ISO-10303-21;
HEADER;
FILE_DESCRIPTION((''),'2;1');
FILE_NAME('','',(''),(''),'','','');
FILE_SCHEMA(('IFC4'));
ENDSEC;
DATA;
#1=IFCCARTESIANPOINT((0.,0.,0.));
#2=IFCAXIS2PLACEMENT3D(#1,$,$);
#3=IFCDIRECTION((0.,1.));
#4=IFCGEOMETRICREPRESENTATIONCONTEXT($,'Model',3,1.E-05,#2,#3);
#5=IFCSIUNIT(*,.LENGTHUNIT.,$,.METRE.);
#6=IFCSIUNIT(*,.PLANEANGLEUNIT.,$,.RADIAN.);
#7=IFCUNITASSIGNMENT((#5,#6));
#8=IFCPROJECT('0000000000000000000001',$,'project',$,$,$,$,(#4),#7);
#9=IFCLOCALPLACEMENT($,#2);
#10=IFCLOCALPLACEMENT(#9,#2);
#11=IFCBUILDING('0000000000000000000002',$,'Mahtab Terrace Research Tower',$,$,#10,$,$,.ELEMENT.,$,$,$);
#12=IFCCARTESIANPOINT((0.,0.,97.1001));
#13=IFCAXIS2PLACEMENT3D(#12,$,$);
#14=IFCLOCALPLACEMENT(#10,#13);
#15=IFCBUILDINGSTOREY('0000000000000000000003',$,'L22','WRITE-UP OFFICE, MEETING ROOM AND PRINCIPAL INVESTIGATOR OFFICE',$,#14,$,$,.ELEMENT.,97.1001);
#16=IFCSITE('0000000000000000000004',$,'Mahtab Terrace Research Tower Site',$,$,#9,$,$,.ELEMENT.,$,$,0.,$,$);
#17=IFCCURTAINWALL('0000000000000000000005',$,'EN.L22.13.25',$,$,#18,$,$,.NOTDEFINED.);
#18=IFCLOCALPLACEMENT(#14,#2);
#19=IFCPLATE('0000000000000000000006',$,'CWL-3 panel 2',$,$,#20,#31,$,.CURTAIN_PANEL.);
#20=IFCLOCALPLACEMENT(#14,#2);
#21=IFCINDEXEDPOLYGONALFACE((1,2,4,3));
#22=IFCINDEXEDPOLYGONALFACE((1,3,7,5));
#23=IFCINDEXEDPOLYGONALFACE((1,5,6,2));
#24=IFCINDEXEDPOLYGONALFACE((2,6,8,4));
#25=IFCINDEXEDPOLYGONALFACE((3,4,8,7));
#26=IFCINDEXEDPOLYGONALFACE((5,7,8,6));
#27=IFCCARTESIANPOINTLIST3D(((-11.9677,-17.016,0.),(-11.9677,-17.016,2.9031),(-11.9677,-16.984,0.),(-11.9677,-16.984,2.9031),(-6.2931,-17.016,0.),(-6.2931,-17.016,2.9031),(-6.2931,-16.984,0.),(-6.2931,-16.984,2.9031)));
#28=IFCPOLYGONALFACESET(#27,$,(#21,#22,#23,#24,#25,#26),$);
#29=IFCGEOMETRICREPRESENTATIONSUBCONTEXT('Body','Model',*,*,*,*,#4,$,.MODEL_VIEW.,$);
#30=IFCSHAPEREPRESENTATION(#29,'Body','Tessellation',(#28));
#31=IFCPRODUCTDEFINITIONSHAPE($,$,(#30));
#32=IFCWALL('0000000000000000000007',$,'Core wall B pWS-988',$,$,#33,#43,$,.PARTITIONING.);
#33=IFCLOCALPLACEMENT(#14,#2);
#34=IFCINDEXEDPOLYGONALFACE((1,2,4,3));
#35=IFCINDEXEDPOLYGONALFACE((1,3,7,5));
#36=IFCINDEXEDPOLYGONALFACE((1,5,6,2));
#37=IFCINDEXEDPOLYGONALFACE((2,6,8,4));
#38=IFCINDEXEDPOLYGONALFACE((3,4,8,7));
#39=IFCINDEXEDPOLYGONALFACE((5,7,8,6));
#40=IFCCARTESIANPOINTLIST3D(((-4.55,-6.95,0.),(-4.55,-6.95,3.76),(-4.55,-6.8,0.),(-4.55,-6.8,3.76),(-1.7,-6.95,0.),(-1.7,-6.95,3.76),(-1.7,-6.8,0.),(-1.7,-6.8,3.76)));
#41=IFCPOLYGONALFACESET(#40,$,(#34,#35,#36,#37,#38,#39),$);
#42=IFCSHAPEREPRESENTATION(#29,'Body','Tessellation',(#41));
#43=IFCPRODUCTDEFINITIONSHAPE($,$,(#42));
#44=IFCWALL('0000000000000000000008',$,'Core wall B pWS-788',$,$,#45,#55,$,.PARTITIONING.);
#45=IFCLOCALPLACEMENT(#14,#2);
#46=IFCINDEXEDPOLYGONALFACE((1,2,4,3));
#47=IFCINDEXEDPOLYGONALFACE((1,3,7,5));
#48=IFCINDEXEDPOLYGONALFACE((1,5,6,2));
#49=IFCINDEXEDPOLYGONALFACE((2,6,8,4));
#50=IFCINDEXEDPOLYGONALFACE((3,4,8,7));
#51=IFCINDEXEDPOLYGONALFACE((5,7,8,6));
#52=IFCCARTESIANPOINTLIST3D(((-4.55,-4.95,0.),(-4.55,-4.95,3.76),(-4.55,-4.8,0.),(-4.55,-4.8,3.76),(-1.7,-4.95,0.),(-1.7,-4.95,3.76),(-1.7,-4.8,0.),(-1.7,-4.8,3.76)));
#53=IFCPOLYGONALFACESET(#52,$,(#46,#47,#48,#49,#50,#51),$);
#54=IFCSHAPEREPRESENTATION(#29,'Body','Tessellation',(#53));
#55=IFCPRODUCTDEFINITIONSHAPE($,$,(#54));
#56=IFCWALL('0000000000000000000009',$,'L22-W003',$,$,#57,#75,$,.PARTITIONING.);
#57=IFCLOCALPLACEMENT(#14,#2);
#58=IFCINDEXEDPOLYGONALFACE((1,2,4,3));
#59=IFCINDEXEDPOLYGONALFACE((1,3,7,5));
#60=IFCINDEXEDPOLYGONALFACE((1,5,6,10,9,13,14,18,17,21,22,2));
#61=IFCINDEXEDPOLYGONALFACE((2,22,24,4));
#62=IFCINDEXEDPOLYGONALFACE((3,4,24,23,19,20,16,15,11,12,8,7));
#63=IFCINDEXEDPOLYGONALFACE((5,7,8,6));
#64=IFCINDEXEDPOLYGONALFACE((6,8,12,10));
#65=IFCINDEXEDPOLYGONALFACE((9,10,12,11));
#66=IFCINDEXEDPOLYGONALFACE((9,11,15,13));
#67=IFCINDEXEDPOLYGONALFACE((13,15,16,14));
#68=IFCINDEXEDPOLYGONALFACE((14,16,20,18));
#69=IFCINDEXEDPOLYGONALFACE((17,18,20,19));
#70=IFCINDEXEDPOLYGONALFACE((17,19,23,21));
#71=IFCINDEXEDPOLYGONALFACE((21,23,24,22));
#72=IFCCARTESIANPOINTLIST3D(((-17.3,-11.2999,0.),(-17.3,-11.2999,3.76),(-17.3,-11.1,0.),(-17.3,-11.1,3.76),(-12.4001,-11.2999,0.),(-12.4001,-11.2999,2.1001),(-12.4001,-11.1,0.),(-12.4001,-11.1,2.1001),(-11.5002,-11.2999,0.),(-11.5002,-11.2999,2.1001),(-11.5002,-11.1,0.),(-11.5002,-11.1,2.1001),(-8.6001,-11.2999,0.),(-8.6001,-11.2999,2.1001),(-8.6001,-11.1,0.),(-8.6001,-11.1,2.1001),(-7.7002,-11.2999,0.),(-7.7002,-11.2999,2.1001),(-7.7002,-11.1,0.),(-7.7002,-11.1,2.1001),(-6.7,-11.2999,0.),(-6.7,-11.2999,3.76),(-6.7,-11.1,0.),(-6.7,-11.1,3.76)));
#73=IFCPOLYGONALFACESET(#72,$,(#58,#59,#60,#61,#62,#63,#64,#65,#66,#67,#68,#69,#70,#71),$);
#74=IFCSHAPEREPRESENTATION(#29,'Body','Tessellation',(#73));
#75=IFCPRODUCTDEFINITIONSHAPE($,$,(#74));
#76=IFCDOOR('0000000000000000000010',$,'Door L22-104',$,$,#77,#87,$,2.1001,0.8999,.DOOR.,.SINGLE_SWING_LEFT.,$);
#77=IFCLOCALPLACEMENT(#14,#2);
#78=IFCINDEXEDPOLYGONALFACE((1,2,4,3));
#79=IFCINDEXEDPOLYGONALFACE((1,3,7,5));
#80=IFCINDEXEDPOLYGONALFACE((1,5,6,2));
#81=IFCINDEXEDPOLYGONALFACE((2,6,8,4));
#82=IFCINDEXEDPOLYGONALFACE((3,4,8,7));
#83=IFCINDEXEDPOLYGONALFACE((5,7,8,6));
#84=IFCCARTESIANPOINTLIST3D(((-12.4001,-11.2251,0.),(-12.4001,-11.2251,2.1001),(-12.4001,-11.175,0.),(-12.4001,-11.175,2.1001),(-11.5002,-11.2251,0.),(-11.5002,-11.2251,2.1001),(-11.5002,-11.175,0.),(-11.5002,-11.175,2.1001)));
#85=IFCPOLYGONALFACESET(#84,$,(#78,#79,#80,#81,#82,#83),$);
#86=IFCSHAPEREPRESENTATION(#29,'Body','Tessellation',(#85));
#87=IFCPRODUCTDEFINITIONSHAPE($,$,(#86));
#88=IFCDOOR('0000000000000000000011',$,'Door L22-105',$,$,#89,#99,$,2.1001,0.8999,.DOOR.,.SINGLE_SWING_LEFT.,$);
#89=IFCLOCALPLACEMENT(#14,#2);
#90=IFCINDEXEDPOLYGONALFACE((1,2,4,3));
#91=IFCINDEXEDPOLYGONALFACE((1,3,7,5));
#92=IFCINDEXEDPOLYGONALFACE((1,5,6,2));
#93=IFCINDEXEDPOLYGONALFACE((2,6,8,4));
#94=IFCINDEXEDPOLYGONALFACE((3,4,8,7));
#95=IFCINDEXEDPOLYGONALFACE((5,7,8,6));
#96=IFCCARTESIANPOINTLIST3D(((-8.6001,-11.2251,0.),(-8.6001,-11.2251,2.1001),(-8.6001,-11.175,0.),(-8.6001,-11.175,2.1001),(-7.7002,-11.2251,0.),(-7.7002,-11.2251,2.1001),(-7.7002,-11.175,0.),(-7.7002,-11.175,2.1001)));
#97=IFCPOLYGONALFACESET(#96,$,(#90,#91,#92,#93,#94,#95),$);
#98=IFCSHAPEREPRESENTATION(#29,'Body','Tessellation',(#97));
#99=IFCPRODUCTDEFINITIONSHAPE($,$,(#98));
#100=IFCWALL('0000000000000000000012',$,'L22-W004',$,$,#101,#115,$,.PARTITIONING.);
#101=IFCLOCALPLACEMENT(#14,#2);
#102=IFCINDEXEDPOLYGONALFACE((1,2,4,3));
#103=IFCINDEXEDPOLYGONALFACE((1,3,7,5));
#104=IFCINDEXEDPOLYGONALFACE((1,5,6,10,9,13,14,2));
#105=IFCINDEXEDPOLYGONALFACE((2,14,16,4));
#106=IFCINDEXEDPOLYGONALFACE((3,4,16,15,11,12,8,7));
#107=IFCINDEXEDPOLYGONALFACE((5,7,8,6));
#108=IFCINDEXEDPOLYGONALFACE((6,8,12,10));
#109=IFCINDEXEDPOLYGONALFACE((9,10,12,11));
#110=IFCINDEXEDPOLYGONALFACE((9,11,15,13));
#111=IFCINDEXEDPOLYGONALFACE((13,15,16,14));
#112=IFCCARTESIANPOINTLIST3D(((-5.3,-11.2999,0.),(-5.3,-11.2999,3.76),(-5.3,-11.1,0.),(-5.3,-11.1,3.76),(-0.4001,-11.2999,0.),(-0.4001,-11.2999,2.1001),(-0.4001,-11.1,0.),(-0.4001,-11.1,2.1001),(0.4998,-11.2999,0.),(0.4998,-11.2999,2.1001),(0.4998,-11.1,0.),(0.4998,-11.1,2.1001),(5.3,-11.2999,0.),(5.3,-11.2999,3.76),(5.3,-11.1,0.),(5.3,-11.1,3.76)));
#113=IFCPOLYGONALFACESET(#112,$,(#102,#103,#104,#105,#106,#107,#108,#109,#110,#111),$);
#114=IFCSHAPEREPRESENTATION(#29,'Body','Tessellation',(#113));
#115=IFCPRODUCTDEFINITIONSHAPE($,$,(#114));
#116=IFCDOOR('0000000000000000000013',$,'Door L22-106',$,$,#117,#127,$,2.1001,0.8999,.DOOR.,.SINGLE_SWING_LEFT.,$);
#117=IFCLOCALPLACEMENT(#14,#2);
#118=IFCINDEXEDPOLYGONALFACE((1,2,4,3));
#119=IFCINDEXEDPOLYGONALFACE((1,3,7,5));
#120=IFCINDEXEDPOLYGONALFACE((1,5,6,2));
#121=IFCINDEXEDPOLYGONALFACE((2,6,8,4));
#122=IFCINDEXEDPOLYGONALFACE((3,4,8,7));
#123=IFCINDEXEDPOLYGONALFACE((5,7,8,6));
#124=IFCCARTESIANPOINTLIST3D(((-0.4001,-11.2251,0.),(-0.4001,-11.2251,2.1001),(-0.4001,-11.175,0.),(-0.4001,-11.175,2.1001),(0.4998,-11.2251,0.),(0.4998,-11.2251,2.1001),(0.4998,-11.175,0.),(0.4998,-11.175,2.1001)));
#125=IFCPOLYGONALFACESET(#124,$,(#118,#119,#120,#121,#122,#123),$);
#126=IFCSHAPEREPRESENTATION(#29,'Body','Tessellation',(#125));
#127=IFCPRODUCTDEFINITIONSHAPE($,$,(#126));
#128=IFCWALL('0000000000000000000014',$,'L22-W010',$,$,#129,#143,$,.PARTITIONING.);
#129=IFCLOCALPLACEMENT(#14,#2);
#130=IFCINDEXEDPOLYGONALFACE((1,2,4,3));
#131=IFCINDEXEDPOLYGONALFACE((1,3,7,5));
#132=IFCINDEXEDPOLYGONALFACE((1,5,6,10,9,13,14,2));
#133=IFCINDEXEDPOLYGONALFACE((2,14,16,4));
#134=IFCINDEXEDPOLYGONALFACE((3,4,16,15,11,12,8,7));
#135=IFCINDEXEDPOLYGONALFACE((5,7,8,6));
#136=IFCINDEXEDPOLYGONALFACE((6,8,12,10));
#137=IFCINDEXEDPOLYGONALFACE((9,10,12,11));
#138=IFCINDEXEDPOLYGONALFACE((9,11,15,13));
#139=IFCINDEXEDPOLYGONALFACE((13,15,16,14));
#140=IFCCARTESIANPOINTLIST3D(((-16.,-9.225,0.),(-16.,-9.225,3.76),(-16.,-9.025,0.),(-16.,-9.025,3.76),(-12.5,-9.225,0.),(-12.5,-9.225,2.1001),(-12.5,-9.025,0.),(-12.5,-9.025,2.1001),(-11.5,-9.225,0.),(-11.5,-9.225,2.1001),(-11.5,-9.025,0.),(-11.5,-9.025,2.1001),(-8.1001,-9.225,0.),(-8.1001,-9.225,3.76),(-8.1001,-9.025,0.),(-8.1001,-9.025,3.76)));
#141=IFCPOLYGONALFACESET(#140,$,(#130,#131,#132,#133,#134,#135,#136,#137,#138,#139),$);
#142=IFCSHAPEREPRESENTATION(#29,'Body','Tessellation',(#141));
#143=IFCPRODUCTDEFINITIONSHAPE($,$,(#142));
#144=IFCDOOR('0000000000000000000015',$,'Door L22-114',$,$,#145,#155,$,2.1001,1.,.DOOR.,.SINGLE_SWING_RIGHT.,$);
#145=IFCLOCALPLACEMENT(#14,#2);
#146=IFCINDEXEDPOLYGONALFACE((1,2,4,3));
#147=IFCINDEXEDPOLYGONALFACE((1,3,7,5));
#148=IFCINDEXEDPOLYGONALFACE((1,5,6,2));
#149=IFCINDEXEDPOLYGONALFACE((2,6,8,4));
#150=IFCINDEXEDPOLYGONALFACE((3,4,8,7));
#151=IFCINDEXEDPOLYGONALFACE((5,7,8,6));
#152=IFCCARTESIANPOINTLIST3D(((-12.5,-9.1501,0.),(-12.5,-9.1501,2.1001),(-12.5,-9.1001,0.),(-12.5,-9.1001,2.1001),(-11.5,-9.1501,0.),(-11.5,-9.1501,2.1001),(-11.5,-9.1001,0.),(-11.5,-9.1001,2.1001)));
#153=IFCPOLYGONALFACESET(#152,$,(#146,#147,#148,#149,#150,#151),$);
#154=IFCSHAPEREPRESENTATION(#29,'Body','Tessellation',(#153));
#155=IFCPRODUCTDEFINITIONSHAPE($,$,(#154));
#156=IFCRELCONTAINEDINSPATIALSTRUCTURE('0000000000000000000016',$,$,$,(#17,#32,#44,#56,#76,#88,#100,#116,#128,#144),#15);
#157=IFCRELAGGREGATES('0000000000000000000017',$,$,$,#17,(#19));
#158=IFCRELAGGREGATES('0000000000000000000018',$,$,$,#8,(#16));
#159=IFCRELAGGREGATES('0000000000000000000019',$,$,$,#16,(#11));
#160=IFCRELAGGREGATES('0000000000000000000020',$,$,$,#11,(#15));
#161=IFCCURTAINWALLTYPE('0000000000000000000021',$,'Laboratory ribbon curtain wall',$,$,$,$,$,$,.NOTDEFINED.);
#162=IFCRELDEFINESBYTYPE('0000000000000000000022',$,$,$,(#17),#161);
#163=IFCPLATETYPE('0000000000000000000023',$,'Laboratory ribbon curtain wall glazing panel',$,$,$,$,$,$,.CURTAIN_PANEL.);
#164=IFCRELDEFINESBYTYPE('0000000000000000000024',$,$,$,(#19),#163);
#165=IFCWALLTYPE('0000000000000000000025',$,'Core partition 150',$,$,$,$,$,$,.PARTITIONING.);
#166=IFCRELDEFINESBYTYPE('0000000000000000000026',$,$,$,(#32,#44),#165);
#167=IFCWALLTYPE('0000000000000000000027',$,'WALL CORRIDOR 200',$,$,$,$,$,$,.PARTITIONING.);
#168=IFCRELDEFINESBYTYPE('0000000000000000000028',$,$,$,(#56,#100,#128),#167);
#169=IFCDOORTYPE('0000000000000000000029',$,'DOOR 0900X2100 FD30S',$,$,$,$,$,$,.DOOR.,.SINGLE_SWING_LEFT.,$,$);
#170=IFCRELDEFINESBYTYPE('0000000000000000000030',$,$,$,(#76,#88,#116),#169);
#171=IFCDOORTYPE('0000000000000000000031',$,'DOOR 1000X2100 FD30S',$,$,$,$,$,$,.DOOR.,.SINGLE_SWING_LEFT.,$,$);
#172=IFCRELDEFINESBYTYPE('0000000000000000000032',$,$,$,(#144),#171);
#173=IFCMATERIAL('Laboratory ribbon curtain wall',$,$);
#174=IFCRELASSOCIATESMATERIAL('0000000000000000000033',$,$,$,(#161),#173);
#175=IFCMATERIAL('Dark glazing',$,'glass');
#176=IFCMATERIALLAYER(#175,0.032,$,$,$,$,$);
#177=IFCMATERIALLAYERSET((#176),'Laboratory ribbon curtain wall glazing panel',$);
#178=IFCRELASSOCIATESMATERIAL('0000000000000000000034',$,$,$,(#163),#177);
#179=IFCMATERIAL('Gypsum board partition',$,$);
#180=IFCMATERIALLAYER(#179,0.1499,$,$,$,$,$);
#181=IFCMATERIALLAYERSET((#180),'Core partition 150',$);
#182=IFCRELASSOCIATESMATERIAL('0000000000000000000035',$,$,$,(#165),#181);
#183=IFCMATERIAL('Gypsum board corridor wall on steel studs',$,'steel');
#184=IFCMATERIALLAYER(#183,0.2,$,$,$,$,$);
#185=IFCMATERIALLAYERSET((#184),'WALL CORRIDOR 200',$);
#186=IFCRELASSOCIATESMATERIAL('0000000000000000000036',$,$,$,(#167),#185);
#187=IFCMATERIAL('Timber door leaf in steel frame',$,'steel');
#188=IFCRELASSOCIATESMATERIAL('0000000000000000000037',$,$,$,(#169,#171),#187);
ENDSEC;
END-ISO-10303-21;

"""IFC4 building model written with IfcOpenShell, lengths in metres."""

from ifc_helpers import new_model, si_unit, direction, frame, frame_2d, origin, origin_2d, place, context, subcontext, project, spatial, rectangle, extrude, material, layer, layer_set, type_object, element, fill, aggregate, save


model = new_model("IFC4")

# Units and contexts
model_context = context("Model", 3, precision=1e-05, world=origin(), true_north=direction((0.0, 1.0)))
body_context = subcontext(model_context, "Body", "Model", "MODEL_VIEW")
ifc_project = project(units=[si_unit("LENGTHUNIT", "METRE"), si_unit("PLANEANGLEUNIT", "RADIAN")], contexts=[model_context])

# Site, building, storey
site_placement = place(None, origin())
site = spatial("IfcSite", under=ifc_project, at=site_placement, Name="Mahtab Terrace Research Tower Site", CompositionType="ELEMENT", RefElevation=0.0)
building_placement = place(site_placement, origin())
building = spatial("IfcBuilding", under=site, at=building_placement, Name="Mahtab Terrace Research Tower", CompositionType="ELEMENT")
storey_placement = place(building_placement, frame((0.0, 0.0, 97.1001)))
storey = spatial("IfcBuildingStorey", under=building, at=storey_placement, Name="L22", Description="WRITE-UP OFFICE, MEETING ROOM AND PRINCIPAL INVESTIGATOR OFFICE", CompositionType="ELEMENT", Elevation=97.1001)

# Curtain wall
ifc_material_1 = material(Name="Laboratory ribbon curtain wall")
curtain_wall_type = type_object("IfcCurtainWallType", Name="Laboratory ribbon curtain wall", PredefinedType="NOTDEFINED", material=ifc_material_1)
curtain_wall_1_placement = place(storey_placement, origin())
curtain_wall_1 = element("IfcCurtainWall", 1, at=curtain_wall_1_placement, inside=storey, type_object=curtain_wall_type, Name="EN.L22.13.25", PredefinedType="NOTDEFINED")

# Plate
ifc_material_2 = material(Name="Dark glazing", Category="glass")
ifc_layer_1 = layer(ifc_material_2, 0.032)
ifc_layer_set_1 = layer_set([ifc_layer_1], Name="Laboratory ribbon curtain wall glazing panel")
plate_type = type_object("IfcPlateType", Name="Laboratory ribbon curtain wall glazing panel", PredefinedType="CURTAIN_PANEL", material=ifc_layer_set_1)
plate_1_placement = place(storey_placement, frame((-9.1304, -17.0, 0.0), z_axis=(0.0, 0.0, 1.0), x_axis=(1.0, 0.0, 0.0)))
plate_1 = element("IfcPlate", 2, at=plate_1_placement, type_object=plate_type, Name="CWL-3 panel 2", PredefinedType="CURTAIN_PANEL", context=body_context, shape_type="SweptSolid", body=[
    extrude(rectangle(XDim=5.6746, YDim=0.032, at=origin_2d()), origin(), (0.0, 0.0, 1.0), 2.9031),
])
aggregate(curtain_wall_1, [plate_1])

# Walls
ifc_material_3 = material(Name="Gypsum board partition")
ifc_layer_2 = layer(ifc_material_3, 0.1499)
ifc_layer_set_2 = layer_set([ifc_layer_2], Name="Core partition 150")
wall_type_1 = type_object("IfcWallType", Name="Core partition 150", PredefinedType="PARTITIONING", material=ifc_layer_set_2)
for number, where, z_axis, x_axis, name in (
    (3, (-4.55, -6.875, 0.0), (0.0, 0.0, 1.0), (1.0, 0.0, 0.0), "Core wall B pWS-988"),
    (4, (-4.55, -4.875, 0.0), (0.0, 0.0, 1.0), (1.0, 0.0, 0.0), "Core wall B pWS-788"),
):
    element("IfcWall", number, at=place(storey_placement, frame(where, z_axis=z_axis, x_axis=x_axis)), inside=storey, type_object=wall_type_1, Name=name, PredefinedType="PARTITIONING", context=body_context, shape_type="SweptSolid", body=[
        extrude(rectangle(XDim=2.8501, YDim=0.1499, at=frame_2d((1.425, 0.0))), origin(), (0.0, 0.0, 1.0), 3.76),
    ])

# Wall, openings, doors
ifc_material_4 = material(Name="Gypsum board corridor wall on steel studs", Category="steel")
ifc_layer_3 = layer(ifc_material_4, 0.2)
ifc_layer_set_3 = layer_set([ifc_layer_3], Name="WALL CORRIDOR 200")
wall_type_2 = type_object("IfcWallType", Name="WALL CORRIDOR 200", PredefinedType="PARTITIONING", material=ifc_layer_set_3)
wall_1_placement = place(storey_placement, frame((-17.3, -11.2, 0.0), z_axis=(0.0, 0.0, 1.0), x_axis=(1.0, 0.0, 0.0)))
wall_1 = element("IfcWall", 5, at=wall_1_placement, inside=storey, type_object=wall_type_2, Name="L22-W003", PredefinedType="PARTITIONING", context=body_context, shape_type="SweptSolid", body=[
    extrude(rectangle(XDim=10.6001, YDim=0.2, at=frame_2d((5.3, 0.0))), origin(), (0.0, 0.0, 1.0), 3.76),
])
opening_1_placement = place(wall_1_placement, frame((4.8999, 0.0, 0.0)))
opening_1 = element("IfcOpeningElement", 6, at=opening_1_placement, cuts=wall_1, PredefinedType="OPENING", context=body_context, shape_type="SweptSolid", body=[
    extrude(rectangle(XDim=0.8999, YDim=2.1001, at=frame_2d((0.45, 1.05))), frame((0.0, 0.1099, 0.0), z_axis=(0.0, -1.0, 0.0), x_axis=(1.0, 0.0, 0.0)), (0.0, 0.0, 1.0), 0.22),
])
opening_2_placement = place(wall_1_placement, frame((8.7, 0.0, 0.0)))
opening_2 = element("IfcOpeningElement", 7, at=opening_2_placement, cuts=wall_1, PredefinedType="OPENING", context=body_context, shape_type="SweptSolid", body=[
    extrude(rectangle(XDim=0.8999, YDim=2.1001, at=frame_2d((0.45, 1.05))), frame((0.0, 0.1099, 0.0), z_axis=(0.0, -1.0, 0.0), x_axis=(1.0, 0.0, 0.0)), (0.0, 0.0, 1.0), 0.22),
])
ifc_material_5 = material(Name="Timber door leaf in steel frame", Category="steel")
door_type_1 = type_object("IfcDoorType", Name="DOOR 0900X2100 FD30S", OperationType="SINGLE_SWING_LEFT", PredefinedType="DOOR", material=ifc_material_5)
door_1_placement = place(opening_1_placement, origin())
door_1 = element("IfcDoor", 8, at=door_1_placement, inside=storey, type_object=door_type_1, Name="Door L22-104", OperationType="SINGLE_SWING_LEFT", OverallHeight=2.1001, OverallWidth=0.8999, PredefinedType="DOOR", context=body_context, shape_type="SweptSolid", body=[
    extrude(rectangle(XDim=0.8999, YDim=2.1001, at=frame_2d((0.45, 1.05))), frame((0.0, 0.0249, 0.0), z_axis=(0.0, -1.0, 0.0), x_axis=(1.0, 0.0, 0.0)), (0.0, 0.0, 1.0), 0.05),
])
fill(opening_1, door_1)
door_2_placement = place(opening_2_placement, origin())
door_2 = element("IfcDoor", 9, at=door_2_placement, inside=storey, type_object=door_type_1, Name="Door L22-105", OperationType="SINGLE_SWING_LEFT", OverallHeight=2.1001, OverallWidth=0.8999, PredefinedType="DOOR", context=body_context, shape_type="SweptSolid", body=[
    extrude(rectangle(XDim=0.8999, YDim=2.1001, at=frame_2d((0.45, 1.05))), frame((0.0, 0.0249, 0.0), z_axis=(0.0, -1.0, 0.0), x_axis=(1.0, 0.0, 0.0)), (0.0, 0.0, 1.0), 0.05),
])
fill(opening_2, door_2)

# Walls, openings, doors
wall_2_placement = place(storey_placement, frame((-5.3, -11.2, 0.0), z_axis=(0.0, 0.0, 1.0), x_axis=(1.0, 0.0, 0.0)))
wall_2 = element("IfcWall", 10, at=wall_2_placement, inside=storey, type_object=wall_type_2, Name="L22-W004", PredefinedType="PARTITIONING", context=body_context, shape_type="SweptSolid", body=[
    extrude(rectangle(XDim=10.6001, YDim=0.2, at=frame_2d((5.3, 0.0))), origin(), (0.0, 0.0, 1.0), 3.76),
])
opening_3_placement = place(wall_2_placement, frame((4.8999, 0.0, 0.0)))
opening_3 = element("IfcOpeningElement", 11, at=opening_3_placement, cuts=wall_2, PredefinedType="OPENING", context=body_context, shape_type="SweptSolid", body=[
    extrude(rectangle(XDim=0.8999, YDim=2.1001, at=frame_2d((0.45, 1.05))), frame((0.0, 0.1099, 0.0), z_axis=(0.0, -1.0, 0.0), x_axis=(1.0, 0.0, 0.0)), (0.0, 0.0, 1.0), 0.22),
])
door_3_placement = place(opening_3_placement, origin())
door_3 = element("IfcDoor", 12, at=door_3_placement, inside=storey, type_object=door_type_1, Name="Door L22-106", OperationType="SINGLE_SWING_LEFT", OverallHeight=2.1001, OverallWidth=0.8999, PredefinedType="DOOR", context=body_context, shape_type="SweptSolid", body=[
    extrude(rectangle(XDim=0.8999, YDim=2.1001, at=frame_2d((0.45, 1.05))), frame((0.0, 0.0249, 0.0), z_axis=(0.0, -1.0, 0.0), x_axis=(1.0, 0.0, 0.0)), (0.0, 0.0, 1.0), 0.05),
])
fill(opening_3, door_3)
wall_3_placement = place(storey_placement, frame((-16.0, -9.125, 0.0), z_axis=(0.0, 0.0, 1.0), x_axis=(1.0, 0.0, 0.0)))
wall_3 = element("IfcWall", 13, at=wall_3_placement, inside=storey, type_object=wall_type_2, Name="L22-W010", PredefinedType="PARTITIONING", context=body_context, shape_type="SweptSolid", body=[
    extrude(rectangle(XDim=7.8999, YDim=0.2, at=frame_2d((3.95, 0.0))), origin(), (0.0, 0.0, 1.0), 3.76),
])
opening_4_placement = place(wall_3_placement, frame((3.5, 0.0, 0.0)))
opening_4 = element("IfcOpeningElement", 14, at=opening_4_placement, cuts=wall_3, PredefinedType="OPENING", context=body_context, shape_type="SweptSolid", body=[
    extrude(rectangle(XDim=1.0, YDim=2.1001, at=frame_2d((0.5, 1.05))), frame((0.0, 0.1099, 0.0), z_axis=(0.0, -1.0, 0.0), x_axis=(1.0, 0.0, 0.0)), (0.0, 0.0, 1.0), 0.22),
])
door_type_2 = type_object("IfcDoorType", Name="DOOR 1000X2100 FD30S", OperationType="SINGLE_SWING_LEFT", PredefinedType="DOOR", material=ifc_material_5)
door_4_placement = place(opening_4_placement, origin())
door_4 = element("IfcDoor", 15, at=door_4_placement, inside=storey, type_object=door_type_2, Name="Door L22-114", OperationType="SINGLE_SWING_RIGHT", OverallHeight=2.1001, OverallWidth=1.0, PredefinedType="DOOR", context=body_context, shape_type="SweptSolid", body=[
    extrude(rectangle(XDim=1.0, YDim=2.1001, at=frame_2d((0.5, 1.05))), frame((0.0, 0.0249, 0.0), z_axis=(0.0, -1.0, 0.0), x_axis=(1.0, 0.0, 0.0)), (0.0, 0.0, 1.0), 0.05),
])
fill(opening_4, door_4)

save(model, "model.ifc")
